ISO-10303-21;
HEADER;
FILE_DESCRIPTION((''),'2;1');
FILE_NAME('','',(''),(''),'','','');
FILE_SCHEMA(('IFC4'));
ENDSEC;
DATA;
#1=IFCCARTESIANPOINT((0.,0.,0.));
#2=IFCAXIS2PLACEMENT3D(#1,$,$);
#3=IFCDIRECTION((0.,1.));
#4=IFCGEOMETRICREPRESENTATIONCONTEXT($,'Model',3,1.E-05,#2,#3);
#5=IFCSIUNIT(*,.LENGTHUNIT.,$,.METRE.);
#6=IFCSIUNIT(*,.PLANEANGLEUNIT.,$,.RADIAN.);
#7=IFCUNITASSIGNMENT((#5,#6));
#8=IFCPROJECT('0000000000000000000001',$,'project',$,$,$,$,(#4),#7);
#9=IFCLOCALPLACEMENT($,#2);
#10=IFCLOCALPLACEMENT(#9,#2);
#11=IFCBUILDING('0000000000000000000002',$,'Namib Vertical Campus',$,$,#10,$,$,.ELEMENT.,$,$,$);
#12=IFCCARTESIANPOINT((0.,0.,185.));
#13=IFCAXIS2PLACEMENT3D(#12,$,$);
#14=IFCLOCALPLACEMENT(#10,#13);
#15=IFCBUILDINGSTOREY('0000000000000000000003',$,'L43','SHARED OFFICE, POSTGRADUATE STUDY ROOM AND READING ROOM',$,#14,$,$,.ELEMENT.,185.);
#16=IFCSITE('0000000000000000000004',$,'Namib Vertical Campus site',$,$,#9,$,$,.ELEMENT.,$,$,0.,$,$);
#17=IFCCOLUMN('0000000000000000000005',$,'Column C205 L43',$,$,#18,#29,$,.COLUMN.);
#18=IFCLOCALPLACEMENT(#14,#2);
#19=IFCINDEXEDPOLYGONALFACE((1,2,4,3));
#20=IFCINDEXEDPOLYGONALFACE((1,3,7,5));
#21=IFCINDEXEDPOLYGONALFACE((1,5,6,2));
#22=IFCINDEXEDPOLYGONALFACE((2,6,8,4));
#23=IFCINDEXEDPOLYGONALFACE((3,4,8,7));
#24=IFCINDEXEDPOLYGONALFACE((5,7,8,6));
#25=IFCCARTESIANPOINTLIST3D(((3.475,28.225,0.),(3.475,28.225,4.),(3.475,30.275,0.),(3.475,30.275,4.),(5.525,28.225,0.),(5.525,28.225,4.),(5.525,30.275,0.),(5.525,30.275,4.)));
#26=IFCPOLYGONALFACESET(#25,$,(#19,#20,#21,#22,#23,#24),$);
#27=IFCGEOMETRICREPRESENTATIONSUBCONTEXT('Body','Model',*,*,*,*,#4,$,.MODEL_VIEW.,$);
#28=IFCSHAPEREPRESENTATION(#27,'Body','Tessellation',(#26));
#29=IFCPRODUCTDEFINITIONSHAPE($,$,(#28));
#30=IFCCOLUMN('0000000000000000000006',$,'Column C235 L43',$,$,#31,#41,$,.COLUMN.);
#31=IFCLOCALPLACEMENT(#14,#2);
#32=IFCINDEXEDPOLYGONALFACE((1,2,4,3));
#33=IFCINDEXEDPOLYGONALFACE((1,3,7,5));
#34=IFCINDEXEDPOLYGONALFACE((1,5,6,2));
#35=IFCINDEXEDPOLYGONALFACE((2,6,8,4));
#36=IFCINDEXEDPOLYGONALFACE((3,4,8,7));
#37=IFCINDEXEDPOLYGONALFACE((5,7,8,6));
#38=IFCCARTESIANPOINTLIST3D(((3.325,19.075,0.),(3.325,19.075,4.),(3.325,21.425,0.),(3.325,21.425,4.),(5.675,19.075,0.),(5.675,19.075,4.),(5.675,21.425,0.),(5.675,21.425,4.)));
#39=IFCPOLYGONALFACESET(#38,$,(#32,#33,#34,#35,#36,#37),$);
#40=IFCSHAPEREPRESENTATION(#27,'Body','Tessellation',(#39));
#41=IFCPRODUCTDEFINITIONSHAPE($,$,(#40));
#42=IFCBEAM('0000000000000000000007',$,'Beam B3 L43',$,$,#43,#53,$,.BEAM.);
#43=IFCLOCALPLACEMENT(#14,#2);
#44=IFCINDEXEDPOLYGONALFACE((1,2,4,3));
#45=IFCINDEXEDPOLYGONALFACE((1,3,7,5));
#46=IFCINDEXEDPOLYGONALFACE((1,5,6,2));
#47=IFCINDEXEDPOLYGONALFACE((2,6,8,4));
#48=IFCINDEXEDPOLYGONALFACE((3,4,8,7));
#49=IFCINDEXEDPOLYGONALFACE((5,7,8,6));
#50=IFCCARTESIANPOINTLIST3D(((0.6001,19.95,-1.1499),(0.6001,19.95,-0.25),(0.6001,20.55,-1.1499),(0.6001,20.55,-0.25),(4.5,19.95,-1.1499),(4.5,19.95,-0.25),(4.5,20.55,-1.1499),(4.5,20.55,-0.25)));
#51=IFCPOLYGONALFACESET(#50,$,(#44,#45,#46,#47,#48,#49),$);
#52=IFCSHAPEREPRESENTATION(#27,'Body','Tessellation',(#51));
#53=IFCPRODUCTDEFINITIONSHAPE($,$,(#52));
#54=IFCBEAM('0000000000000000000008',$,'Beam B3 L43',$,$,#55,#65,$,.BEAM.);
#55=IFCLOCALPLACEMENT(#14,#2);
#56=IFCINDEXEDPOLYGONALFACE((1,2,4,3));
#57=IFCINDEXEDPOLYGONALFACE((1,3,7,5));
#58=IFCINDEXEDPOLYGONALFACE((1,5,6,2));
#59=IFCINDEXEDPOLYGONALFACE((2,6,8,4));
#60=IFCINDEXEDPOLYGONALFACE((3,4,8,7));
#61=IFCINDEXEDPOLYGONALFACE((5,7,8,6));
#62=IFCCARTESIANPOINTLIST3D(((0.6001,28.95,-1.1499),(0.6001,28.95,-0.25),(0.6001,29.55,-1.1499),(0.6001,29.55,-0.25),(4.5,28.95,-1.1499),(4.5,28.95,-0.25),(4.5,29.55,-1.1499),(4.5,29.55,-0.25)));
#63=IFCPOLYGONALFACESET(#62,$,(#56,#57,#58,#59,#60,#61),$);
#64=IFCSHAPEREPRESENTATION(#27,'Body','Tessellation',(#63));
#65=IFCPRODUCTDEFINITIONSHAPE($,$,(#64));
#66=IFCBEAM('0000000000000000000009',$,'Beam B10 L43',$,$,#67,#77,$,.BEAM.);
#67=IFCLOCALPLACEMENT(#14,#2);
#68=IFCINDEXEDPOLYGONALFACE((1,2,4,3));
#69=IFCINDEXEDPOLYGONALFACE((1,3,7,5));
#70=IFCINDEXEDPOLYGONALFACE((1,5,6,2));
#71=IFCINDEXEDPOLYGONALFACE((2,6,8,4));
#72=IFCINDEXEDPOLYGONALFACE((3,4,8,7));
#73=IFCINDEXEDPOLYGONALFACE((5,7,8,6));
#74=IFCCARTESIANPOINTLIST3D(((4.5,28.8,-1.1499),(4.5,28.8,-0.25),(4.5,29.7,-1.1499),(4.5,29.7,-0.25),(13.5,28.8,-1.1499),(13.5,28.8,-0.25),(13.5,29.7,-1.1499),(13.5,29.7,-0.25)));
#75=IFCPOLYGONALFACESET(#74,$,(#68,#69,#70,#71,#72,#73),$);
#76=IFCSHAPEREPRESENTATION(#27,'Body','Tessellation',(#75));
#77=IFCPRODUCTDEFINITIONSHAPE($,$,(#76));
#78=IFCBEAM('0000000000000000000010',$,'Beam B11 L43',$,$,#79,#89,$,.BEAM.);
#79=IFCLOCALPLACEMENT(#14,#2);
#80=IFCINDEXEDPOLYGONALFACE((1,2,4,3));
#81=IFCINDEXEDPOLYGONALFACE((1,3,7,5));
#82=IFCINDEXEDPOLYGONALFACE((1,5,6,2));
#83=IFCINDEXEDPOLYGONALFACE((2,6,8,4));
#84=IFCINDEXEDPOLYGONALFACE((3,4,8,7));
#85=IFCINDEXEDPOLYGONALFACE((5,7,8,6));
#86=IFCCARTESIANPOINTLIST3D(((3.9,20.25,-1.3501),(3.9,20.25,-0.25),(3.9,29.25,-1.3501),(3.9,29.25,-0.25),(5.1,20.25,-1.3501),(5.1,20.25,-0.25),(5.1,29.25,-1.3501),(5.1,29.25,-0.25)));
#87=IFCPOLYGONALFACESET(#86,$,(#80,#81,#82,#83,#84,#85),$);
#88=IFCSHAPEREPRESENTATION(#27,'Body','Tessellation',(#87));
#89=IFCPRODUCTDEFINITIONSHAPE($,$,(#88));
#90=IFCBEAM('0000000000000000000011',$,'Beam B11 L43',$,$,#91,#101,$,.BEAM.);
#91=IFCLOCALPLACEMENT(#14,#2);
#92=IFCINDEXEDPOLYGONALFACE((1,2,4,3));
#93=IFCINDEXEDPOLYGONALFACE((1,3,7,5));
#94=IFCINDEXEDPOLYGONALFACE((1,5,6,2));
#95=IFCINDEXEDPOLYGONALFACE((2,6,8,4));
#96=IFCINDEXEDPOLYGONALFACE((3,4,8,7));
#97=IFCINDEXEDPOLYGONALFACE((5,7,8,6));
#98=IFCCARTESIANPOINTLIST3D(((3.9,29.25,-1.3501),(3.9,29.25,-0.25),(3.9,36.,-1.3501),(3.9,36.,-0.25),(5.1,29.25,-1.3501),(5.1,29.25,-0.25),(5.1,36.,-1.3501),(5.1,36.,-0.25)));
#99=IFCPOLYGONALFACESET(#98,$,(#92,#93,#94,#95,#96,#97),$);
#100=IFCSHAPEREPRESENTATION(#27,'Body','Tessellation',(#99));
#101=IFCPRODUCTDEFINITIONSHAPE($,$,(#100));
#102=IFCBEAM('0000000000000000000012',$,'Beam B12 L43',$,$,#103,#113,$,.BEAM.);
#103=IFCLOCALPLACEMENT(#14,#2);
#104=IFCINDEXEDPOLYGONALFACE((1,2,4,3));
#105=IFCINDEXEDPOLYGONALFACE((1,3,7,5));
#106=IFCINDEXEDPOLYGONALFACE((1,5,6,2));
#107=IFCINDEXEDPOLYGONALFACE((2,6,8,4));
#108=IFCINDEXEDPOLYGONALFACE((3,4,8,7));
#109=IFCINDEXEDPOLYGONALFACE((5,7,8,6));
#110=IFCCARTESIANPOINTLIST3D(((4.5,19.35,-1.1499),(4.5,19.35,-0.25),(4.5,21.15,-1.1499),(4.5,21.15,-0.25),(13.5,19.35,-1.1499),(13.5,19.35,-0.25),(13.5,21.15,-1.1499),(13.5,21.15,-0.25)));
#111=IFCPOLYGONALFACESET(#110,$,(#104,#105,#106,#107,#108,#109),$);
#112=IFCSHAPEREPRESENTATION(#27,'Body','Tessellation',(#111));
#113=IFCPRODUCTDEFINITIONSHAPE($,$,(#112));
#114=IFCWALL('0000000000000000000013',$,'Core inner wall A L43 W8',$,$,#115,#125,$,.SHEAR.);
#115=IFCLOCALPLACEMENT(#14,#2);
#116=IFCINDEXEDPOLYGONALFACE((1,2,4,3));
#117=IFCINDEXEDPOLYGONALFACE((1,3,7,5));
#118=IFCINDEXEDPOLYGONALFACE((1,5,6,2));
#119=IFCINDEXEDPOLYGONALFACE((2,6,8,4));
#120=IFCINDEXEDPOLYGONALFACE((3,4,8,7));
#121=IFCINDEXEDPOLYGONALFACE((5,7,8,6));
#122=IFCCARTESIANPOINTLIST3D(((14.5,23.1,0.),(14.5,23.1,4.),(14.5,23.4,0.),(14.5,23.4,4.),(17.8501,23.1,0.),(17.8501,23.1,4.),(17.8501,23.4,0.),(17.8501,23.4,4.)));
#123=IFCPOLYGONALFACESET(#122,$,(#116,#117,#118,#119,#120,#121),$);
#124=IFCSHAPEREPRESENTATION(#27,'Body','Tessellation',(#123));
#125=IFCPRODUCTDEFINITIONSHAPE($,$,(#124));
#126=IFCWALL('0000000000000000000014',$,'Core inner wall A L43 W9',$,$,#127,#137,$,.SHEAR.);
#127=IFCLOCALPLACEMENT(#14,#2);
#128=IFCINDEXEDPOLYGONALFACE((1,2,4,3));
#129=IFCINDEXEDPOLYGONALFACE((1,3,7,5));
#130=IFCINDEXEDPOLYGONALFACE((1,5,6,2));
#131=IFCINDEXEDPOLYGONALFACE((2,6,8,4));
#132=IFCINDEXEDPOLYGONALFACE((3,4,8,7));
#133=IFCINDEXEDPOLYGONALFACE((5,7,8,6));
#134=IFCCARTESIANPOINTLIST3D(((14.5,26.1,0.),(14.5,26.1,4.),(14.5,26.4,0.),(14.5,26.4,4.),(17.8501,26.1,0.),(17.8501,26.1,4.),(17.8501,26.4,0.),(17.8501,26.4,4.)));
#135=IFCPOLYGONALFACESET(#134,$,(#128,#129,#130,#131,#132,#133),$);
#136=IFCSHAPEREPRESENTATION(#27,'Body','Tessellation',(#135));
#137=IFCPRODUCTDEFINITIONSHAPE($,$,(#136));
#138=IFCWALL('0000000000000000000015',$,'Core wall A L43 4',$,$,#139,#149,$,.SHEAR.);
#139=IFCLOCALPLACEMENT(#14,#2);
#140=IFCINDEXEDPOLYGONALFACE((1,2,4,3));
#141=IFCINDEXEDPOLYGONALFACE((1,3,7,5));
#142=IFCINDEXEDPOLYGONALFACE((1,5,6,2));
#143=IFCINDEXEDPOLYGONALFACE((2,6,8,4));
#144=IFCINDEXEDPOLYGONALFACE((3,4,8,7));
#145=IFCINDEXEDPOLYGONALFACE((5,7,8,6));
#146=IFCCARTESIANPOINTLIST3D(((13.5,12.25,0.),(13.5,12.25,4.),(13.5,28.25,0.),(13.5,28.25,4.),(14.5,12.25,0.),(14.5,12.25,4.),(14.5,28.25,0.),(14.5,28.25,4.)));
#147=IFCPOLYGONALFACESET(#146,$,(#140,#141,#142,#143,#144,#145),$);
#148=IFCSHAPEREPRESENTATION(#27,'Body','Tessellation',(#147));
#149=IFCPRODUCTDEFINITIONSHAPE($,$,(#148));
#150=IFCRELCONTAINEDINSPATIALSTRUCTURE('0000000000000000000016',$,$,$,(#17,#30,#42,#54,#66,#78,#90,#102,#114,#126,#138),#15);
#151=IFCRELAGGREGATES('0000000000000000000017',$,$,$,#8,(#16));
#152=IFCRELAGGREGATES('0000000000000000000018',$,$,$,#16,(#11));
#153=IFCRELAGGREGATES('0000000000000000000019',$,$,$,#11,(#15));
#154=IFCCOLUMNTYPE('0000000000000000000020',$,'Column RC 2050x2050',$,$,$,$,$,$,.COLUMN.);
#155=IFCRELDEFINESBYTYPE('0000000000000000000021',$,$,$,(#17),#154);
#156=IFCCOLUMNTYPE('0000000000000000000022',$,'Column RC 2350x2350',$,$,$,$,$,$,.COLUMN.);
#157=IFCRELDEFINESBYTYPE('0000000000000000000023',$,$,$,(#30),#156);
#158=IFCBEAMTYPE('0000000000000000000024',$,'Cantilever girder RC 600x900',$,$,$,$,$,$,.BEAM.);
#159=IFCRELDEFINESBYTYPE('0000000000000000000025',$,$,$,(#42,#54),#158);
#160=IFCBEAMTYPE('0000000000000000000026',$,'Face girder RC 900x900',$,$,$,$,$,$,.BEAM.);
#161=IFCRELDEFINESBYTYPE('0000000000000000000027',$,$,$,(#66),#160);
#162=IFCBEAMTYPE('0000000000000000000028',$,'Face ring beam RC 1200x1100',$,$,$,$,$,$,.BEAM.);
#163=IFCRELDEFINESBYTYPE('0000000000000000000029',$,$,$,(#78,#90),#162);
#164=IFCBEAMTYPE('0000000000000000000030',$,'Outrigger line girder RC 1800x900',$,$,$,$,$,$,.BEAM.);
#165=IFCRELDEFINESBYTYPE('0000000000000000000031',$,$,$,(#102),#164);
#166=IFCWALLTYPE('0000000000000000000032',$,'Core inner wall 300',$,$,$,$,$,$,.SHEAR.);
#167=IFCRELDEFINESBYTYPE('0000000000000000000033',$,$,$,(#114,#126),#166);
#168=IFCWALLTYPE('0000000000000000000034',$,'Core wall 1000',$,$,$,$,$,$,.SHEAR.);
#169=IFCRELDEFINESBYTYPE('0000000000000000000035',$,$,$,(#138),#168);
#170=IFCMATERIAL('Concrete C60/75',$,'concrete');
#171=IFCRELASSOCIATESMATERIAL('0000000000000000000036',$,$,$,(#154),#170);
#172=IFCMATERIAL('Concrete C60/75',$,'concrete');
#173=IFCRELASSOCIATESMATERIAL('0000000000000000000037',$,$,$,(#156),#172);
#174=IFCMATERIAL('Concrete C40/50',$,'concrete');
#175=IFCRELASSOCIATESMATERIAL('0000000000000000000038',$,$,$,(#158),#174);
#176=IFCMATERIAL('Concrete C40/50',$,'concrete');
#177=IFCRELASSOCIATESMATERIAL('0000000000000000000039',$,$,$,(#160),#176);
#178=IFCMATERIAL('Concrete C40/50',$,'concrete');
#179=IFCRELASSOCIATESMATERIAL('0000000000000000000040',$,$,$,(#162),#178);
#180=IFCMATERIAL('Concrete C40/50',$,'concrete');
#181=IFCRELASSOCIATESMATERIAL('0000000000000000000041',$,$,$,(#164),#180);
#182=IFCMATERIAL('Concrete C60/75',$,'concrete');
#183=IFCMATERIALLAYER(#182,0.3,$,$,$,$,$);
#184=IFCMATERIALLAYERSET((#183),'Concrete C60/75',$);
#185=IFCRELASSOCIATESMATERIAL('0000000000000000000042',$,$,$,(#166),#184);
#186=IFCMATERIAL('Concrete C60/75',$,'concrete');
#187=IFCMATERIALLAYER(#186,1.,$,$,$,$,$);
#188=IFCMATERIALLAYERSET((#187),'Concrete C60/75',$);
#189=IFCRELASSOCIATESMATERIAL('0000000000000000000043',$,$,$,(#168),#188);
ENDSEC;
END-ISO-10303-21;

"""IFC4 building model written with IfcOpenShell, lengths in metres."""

from ifc_helpers import new_model, si_unit, direction, frame, frame_2d, origin, origin_2d, place, context, subcontext, project, spatial, rectangle, extrude, material, layer, layer_set, material_profile, profile_set, type_object, element, save


model = new_model("IFC4")

# Units and contexts
model_context = context("Model", 3, precision=1e-05, world=origin(), true_north=direction((0.0, 1.0)))
body_context = subcontext(model_context, "Body", "Model", "MODEL_VIEW")
ifc_project = project(units=[si_unit("LENGTHUNIT", "METRE"), si_unit("PLANEANGLEUNIT", "RADIAN")], contexts=[model_context])

# Site, building, storey
site_placement = place(None, origin())
site = spatial("IfcSite", under=ifc_project, at=site_placement, Name="Namib Vertical Campus site", CompositionType="ELEMENT", RefElevation=0.0)
building_placement = place(site_placement, origin())
building = spatial("IfcBuilding", under=site, at=building_placement, Name="Namib Vertical Campus", CompositionType="ELEMENT")
storey_placement = place(building_placement, frame((0.0, 0.0, 185.0)))
storey = spatial("IfcBuildingStorey", under=building, at=storey_placement, Name="L43", Description="SHARED OFFICE, POSTGRADUATE STUDY ROOM AND READING ROOM", CompositionType="ELEMENT", Elevation=185.0)

# Columns
ifc_material_1 = material(Name="Concrete C60/75", Category="concrete")
ifc_material_profile_1 = material_profile(ifc_material_1, rectangle(XDim=2.05, YDim=2.05, at=origin_2d()))
ifc_profile_set_1 = profile_set([ifc_material_profile_1], Name="Concrete C60/75")
column_type_1 = type_object("IfcColumnType", Name="Column RC 2050x2050", PredefinedType="COLUMN", material=ifc_profile_set_1)
column_1_placement = place(storey_placement, frame((4.5, 29.25, 0.0), z_axis=(0.0, 0.0, 1.0), x_axis=(1.0, 0.0, 0.0)))
element("IfcColumn", 1, at=column_1_placement, inside=storey, type_object=column_type_1, Name="Column C205 L43", PredefinedType="COLUMN", context=body_context, shape_type="SweptSolid", body=[
    extrude(rectangle(XDim=2.05, YDim=2.05, at=origin_2d()), origin(), (0.0, 0.0, 1.0), 4.0),
])
ifc_material_2 = material(Name="Concrete C60/75", Category="concrete")
ifc_material_profile_2 = material_profile(ifc_material_2, rectangle(XDim=2.3501, YDim=2.3501, at=origin_2d()))
ifc_profile_set_2 = profile_set([ifc_material_profile_2], Name="Concrete C60/75")
column_type_2 = type_object("IfcColumnType", Name="Column RC 2350x2350", PredefinedType="COLUMN", material=ifc_profile_set_2)
column_2_placement = place(storey_placement, frame((4.5, 20.25, 0.0), z_axis=(0.0, 0.0, 1.0), x_axis=(1.0, 0.0, 0.0)))
element("IfcColumn", 2, at=column_2_placement, inside=storey, type_object=column_type_2, Name="Column C235 L43", PredefinedType="COLUMN", context=body_context, shape_type="SweptSolid", body=[
    extrude(rectangle(XDim=2.3501, YDim=2.3501, at=origin_2d()), origin(), (0.0, 0.0, 1.0), 4.0),
])

# Beams
ifc_material_3 = material(Name="Concrete C40/50", Category="concrete")
ifc_material_profile_3 = material_profile(ifc_material_3, rectangle(XDim=0.6001, YDim=0.8999, at=origin_2d()))
ifc_profile_set_3 = profile_set([ifc_material_profile_3], Name="Concrete C40/50")
beam_type_1 = type_object("IfcBeamType", Name="Cantilever girder RC 600x900", PredefinedType="BEAM", material=ifc_profile_set_3)
for number, where, z_axis, x_axis, name in (
    (3, (4.5, 20.25, -0.7), (-1.0, 0.0, 0.0), (0.0, -1.0, 0.0), "Beam B3 L43"),
    (4, (4.5, 29.25, -0.7), (-1.0, 0.0, 0.0), (0.0, -1.0, 0.0), "Beam B3 L43"),
):
    element("IfcBeam", number, at=place(storey_placement, frame(where, z_axis=z_axis, x_axis=x_axis)), inside=storey, type_object=beam_type_1, Name=name, PredefinedType="BEAM", context=body_context, shape_type="SweptSolid", body=[
        extrude(rectangle(XDim=0.6001, YDim=0.8999, at=origin_2d()), origin(), (0.0, 0.0, 1.0), 3.8999),
    ])
ifc_material_4 = material(Name="Concrete C40/50", Category="concrete")
ifc_material_profile_4 = material_profile(ifc_material_4, rectangle(XDim=0.8999, YDim=0.8999, at=origin_2d()))
ifc_profile_set_4 = profile_set([ifc_material_profile_4], Name="Concrete C40/50")
beam_type_2 = type_object("IfcBeamType", Name="Face girder RC 900x900", PredefinedType="BEAM", material=ifc_profile_set_4)
beam_1_placement = place(storey_placement, frame((4.5, 29.25, -0.7), z_axis=(1.0, 0.0, 0.0), x_axis=(0.0, 1.0, 0.0)))
element("IfcBeam", 5, at=beam_1_placement, inside=storey, type_object=beam_type_2, Name="Beam B10 L43", PredefinedType="BEAM", context=body_context, shape_type="SweptSolid", body=[
    extrude(rectangle(XDim=0.8999, YDim=0.8999, at=origin_2d()), origin(), (0.0, 0.0, 1.0), 9.0),
])
ifc_material_5 = material(Name="Concrete C40/50", Category="concrete")
ifc_material_profile_5 = material_profile(ifc_material_5, rectangle(XDim=1.2, YDim=1.1001, at=origin_2d()))
ifc_profile_set_5 = profile_set([ifc_material_profile_5], Name="Concrete C40/50")
beam_type_3 = type_object("IfcBeamType", Name="Face ring beam RC 1200x1100", PredefinedType="BEAM", material=ifc_profile_set_5)
beam_2_placement = place(storey_placement, frame((4.5, 20.25, -0.8), z_axis=(0.0, 1.0, 0.0), x_axis=(-1.0, 0.0, 0.0)))
element("IfcBeam", 6, at=beam_2_placement, inside=storey, type_object=beam_type_3, Name="Beam B11 L43", PredefinedType="BEAM", context=body_context, shape_type="SweptSolid", body=[
    extrude(rectangle(XDim=1.2, YDim=1.1001, at=origin_2d()), origin(), (0.0, 0.0, 1.0), 9.0),
])
beam_3_placement = place(storey_placement, frame((4.5, 29.25, -0.8), z_axis=(0.0, 1.0, 0.0), x_axis=(-1.0, 0.0, 0.0)))
element("IfcBeam", 7, at=beam_3_placement, inside=storey, type_object=beam_type_3, Name="Beam B11 L43", PredefinedType="BEAM", context=body_context, shape_type="SweptSolid", body=[
    extrude(rectangle(XDim=1.2, YDim=1.1001, at=origin_2d()), origin(), (0.0, 0.0, 1.0), 6.75),
])
ifc_material_6 = material(Name="Concrete C40/50", Category="concrete")
ifc_material_profile_6 = material_profile(ifc_material_6, rectangle(XDim=1.8, YDim=0.8999, at=origin_2d()))
ifc_profile_set_6 = profile_set([ifc_material_profile_6], Name="Concrete C40/50")
beam_type_4 = type_object("IfcBeamType", Name="Outrigger line girder RC 1800x900", PredefinedType="BEAM", material=ifc_profile_set_6)
beam_4_placement = place(storey_placement, frame((4.5, 20.25, -0.7), z_axis=(1.0, 0.0, 0.0), x_axis=(0.0, 1.0, 0.0)))
element("IfcBeam", 8, at=beam_4_placement, inside=storey, type_object=beam_type_4, Name="Beam B12 L43", PredefinedType="BEAM", context=body_context, shape_type="SweptSolid", body=[
    extrude(rectangle(XDim=1.8, YDim=0.8999, at=origin_2d()), origin(), (0.0, 0.0, 1.0), 9.0),
])

# Walls
ifc_material_7 = material(Name="Concrete C60/75", Category="concrete")
ifc_layer_1 = layer(ifc_material_7, 0.3)
ifc_layer_set_1 = layer_set([ifc_layer_1], Name="Concrete C60/75")
wall_type_1 = type_object("IfcWallType", Name="Core inner wall 300", PredefinedType="SHEAR", material=ifc_layer_set_1)
for number, where, z_axis, x_axis, name in (
    (9, (14.5, 23.25, 0.0), (0.0, 0.0, 1.0), (1.0, 0.0, 0.0), "Core inner wall A L43 W8"),
    (10, (14.5, 26.25, 0.0), (0.0, 0.0, 1.0), (1.0, 0.0, 0.0), "Core inner wall A L43 W9"),
):
    element("IfcWall", number, at=place(storey_placement, frame(where, z_axis=z_axis, x_axis=x_axis)), inside=storey, type_object=wall_type_1, Name=name, PredefinedType="SHEAR", context=body_context, shape_type="SweptSolid", body=[
        extrude(rectangle(XDim=3.3501, YDim=0.3, at=frame_2d((1.675, 0.0))), origin(), (0.0, 0.0, 1.0), 4.0),
    ])
ifc_material_8 = material(Name="Concrete C60/75", Category="concrete")
ifc_layer_2 = layer(ifc_material_8, 1.0)
ifc_layer_set_2 = layer_set([ifc_layer_2], Name="Concrete C60/75")
wall_type_2 = type_object("IfcWallType", Name="Core wall 1000", PredefinedType="SHEAR", material=ifc_layer_set_2)
wall_1_placement = place(storey_placement, frame((14.0, 28.25, 0.0), z_axis=(0.0, 0.0, 1.0), x_axis=(0.0, -1.0, 0.0)))
element("IfcWall", 11, at=wall_1_placement, inside=storey, type_object=wall_type_2, Name="Core wall A L43 4", PredefinedType="SHEAR", context=body_context, shape_type="SweptSolid", body=[
    extrude(rectangle(XDim=16.0, YDim=1.0, at=frame_2d((8.0, 0.0))), origin(), (0.0, 0.0, 1.0), 4.0),
])

save(model, "model.ifc")
